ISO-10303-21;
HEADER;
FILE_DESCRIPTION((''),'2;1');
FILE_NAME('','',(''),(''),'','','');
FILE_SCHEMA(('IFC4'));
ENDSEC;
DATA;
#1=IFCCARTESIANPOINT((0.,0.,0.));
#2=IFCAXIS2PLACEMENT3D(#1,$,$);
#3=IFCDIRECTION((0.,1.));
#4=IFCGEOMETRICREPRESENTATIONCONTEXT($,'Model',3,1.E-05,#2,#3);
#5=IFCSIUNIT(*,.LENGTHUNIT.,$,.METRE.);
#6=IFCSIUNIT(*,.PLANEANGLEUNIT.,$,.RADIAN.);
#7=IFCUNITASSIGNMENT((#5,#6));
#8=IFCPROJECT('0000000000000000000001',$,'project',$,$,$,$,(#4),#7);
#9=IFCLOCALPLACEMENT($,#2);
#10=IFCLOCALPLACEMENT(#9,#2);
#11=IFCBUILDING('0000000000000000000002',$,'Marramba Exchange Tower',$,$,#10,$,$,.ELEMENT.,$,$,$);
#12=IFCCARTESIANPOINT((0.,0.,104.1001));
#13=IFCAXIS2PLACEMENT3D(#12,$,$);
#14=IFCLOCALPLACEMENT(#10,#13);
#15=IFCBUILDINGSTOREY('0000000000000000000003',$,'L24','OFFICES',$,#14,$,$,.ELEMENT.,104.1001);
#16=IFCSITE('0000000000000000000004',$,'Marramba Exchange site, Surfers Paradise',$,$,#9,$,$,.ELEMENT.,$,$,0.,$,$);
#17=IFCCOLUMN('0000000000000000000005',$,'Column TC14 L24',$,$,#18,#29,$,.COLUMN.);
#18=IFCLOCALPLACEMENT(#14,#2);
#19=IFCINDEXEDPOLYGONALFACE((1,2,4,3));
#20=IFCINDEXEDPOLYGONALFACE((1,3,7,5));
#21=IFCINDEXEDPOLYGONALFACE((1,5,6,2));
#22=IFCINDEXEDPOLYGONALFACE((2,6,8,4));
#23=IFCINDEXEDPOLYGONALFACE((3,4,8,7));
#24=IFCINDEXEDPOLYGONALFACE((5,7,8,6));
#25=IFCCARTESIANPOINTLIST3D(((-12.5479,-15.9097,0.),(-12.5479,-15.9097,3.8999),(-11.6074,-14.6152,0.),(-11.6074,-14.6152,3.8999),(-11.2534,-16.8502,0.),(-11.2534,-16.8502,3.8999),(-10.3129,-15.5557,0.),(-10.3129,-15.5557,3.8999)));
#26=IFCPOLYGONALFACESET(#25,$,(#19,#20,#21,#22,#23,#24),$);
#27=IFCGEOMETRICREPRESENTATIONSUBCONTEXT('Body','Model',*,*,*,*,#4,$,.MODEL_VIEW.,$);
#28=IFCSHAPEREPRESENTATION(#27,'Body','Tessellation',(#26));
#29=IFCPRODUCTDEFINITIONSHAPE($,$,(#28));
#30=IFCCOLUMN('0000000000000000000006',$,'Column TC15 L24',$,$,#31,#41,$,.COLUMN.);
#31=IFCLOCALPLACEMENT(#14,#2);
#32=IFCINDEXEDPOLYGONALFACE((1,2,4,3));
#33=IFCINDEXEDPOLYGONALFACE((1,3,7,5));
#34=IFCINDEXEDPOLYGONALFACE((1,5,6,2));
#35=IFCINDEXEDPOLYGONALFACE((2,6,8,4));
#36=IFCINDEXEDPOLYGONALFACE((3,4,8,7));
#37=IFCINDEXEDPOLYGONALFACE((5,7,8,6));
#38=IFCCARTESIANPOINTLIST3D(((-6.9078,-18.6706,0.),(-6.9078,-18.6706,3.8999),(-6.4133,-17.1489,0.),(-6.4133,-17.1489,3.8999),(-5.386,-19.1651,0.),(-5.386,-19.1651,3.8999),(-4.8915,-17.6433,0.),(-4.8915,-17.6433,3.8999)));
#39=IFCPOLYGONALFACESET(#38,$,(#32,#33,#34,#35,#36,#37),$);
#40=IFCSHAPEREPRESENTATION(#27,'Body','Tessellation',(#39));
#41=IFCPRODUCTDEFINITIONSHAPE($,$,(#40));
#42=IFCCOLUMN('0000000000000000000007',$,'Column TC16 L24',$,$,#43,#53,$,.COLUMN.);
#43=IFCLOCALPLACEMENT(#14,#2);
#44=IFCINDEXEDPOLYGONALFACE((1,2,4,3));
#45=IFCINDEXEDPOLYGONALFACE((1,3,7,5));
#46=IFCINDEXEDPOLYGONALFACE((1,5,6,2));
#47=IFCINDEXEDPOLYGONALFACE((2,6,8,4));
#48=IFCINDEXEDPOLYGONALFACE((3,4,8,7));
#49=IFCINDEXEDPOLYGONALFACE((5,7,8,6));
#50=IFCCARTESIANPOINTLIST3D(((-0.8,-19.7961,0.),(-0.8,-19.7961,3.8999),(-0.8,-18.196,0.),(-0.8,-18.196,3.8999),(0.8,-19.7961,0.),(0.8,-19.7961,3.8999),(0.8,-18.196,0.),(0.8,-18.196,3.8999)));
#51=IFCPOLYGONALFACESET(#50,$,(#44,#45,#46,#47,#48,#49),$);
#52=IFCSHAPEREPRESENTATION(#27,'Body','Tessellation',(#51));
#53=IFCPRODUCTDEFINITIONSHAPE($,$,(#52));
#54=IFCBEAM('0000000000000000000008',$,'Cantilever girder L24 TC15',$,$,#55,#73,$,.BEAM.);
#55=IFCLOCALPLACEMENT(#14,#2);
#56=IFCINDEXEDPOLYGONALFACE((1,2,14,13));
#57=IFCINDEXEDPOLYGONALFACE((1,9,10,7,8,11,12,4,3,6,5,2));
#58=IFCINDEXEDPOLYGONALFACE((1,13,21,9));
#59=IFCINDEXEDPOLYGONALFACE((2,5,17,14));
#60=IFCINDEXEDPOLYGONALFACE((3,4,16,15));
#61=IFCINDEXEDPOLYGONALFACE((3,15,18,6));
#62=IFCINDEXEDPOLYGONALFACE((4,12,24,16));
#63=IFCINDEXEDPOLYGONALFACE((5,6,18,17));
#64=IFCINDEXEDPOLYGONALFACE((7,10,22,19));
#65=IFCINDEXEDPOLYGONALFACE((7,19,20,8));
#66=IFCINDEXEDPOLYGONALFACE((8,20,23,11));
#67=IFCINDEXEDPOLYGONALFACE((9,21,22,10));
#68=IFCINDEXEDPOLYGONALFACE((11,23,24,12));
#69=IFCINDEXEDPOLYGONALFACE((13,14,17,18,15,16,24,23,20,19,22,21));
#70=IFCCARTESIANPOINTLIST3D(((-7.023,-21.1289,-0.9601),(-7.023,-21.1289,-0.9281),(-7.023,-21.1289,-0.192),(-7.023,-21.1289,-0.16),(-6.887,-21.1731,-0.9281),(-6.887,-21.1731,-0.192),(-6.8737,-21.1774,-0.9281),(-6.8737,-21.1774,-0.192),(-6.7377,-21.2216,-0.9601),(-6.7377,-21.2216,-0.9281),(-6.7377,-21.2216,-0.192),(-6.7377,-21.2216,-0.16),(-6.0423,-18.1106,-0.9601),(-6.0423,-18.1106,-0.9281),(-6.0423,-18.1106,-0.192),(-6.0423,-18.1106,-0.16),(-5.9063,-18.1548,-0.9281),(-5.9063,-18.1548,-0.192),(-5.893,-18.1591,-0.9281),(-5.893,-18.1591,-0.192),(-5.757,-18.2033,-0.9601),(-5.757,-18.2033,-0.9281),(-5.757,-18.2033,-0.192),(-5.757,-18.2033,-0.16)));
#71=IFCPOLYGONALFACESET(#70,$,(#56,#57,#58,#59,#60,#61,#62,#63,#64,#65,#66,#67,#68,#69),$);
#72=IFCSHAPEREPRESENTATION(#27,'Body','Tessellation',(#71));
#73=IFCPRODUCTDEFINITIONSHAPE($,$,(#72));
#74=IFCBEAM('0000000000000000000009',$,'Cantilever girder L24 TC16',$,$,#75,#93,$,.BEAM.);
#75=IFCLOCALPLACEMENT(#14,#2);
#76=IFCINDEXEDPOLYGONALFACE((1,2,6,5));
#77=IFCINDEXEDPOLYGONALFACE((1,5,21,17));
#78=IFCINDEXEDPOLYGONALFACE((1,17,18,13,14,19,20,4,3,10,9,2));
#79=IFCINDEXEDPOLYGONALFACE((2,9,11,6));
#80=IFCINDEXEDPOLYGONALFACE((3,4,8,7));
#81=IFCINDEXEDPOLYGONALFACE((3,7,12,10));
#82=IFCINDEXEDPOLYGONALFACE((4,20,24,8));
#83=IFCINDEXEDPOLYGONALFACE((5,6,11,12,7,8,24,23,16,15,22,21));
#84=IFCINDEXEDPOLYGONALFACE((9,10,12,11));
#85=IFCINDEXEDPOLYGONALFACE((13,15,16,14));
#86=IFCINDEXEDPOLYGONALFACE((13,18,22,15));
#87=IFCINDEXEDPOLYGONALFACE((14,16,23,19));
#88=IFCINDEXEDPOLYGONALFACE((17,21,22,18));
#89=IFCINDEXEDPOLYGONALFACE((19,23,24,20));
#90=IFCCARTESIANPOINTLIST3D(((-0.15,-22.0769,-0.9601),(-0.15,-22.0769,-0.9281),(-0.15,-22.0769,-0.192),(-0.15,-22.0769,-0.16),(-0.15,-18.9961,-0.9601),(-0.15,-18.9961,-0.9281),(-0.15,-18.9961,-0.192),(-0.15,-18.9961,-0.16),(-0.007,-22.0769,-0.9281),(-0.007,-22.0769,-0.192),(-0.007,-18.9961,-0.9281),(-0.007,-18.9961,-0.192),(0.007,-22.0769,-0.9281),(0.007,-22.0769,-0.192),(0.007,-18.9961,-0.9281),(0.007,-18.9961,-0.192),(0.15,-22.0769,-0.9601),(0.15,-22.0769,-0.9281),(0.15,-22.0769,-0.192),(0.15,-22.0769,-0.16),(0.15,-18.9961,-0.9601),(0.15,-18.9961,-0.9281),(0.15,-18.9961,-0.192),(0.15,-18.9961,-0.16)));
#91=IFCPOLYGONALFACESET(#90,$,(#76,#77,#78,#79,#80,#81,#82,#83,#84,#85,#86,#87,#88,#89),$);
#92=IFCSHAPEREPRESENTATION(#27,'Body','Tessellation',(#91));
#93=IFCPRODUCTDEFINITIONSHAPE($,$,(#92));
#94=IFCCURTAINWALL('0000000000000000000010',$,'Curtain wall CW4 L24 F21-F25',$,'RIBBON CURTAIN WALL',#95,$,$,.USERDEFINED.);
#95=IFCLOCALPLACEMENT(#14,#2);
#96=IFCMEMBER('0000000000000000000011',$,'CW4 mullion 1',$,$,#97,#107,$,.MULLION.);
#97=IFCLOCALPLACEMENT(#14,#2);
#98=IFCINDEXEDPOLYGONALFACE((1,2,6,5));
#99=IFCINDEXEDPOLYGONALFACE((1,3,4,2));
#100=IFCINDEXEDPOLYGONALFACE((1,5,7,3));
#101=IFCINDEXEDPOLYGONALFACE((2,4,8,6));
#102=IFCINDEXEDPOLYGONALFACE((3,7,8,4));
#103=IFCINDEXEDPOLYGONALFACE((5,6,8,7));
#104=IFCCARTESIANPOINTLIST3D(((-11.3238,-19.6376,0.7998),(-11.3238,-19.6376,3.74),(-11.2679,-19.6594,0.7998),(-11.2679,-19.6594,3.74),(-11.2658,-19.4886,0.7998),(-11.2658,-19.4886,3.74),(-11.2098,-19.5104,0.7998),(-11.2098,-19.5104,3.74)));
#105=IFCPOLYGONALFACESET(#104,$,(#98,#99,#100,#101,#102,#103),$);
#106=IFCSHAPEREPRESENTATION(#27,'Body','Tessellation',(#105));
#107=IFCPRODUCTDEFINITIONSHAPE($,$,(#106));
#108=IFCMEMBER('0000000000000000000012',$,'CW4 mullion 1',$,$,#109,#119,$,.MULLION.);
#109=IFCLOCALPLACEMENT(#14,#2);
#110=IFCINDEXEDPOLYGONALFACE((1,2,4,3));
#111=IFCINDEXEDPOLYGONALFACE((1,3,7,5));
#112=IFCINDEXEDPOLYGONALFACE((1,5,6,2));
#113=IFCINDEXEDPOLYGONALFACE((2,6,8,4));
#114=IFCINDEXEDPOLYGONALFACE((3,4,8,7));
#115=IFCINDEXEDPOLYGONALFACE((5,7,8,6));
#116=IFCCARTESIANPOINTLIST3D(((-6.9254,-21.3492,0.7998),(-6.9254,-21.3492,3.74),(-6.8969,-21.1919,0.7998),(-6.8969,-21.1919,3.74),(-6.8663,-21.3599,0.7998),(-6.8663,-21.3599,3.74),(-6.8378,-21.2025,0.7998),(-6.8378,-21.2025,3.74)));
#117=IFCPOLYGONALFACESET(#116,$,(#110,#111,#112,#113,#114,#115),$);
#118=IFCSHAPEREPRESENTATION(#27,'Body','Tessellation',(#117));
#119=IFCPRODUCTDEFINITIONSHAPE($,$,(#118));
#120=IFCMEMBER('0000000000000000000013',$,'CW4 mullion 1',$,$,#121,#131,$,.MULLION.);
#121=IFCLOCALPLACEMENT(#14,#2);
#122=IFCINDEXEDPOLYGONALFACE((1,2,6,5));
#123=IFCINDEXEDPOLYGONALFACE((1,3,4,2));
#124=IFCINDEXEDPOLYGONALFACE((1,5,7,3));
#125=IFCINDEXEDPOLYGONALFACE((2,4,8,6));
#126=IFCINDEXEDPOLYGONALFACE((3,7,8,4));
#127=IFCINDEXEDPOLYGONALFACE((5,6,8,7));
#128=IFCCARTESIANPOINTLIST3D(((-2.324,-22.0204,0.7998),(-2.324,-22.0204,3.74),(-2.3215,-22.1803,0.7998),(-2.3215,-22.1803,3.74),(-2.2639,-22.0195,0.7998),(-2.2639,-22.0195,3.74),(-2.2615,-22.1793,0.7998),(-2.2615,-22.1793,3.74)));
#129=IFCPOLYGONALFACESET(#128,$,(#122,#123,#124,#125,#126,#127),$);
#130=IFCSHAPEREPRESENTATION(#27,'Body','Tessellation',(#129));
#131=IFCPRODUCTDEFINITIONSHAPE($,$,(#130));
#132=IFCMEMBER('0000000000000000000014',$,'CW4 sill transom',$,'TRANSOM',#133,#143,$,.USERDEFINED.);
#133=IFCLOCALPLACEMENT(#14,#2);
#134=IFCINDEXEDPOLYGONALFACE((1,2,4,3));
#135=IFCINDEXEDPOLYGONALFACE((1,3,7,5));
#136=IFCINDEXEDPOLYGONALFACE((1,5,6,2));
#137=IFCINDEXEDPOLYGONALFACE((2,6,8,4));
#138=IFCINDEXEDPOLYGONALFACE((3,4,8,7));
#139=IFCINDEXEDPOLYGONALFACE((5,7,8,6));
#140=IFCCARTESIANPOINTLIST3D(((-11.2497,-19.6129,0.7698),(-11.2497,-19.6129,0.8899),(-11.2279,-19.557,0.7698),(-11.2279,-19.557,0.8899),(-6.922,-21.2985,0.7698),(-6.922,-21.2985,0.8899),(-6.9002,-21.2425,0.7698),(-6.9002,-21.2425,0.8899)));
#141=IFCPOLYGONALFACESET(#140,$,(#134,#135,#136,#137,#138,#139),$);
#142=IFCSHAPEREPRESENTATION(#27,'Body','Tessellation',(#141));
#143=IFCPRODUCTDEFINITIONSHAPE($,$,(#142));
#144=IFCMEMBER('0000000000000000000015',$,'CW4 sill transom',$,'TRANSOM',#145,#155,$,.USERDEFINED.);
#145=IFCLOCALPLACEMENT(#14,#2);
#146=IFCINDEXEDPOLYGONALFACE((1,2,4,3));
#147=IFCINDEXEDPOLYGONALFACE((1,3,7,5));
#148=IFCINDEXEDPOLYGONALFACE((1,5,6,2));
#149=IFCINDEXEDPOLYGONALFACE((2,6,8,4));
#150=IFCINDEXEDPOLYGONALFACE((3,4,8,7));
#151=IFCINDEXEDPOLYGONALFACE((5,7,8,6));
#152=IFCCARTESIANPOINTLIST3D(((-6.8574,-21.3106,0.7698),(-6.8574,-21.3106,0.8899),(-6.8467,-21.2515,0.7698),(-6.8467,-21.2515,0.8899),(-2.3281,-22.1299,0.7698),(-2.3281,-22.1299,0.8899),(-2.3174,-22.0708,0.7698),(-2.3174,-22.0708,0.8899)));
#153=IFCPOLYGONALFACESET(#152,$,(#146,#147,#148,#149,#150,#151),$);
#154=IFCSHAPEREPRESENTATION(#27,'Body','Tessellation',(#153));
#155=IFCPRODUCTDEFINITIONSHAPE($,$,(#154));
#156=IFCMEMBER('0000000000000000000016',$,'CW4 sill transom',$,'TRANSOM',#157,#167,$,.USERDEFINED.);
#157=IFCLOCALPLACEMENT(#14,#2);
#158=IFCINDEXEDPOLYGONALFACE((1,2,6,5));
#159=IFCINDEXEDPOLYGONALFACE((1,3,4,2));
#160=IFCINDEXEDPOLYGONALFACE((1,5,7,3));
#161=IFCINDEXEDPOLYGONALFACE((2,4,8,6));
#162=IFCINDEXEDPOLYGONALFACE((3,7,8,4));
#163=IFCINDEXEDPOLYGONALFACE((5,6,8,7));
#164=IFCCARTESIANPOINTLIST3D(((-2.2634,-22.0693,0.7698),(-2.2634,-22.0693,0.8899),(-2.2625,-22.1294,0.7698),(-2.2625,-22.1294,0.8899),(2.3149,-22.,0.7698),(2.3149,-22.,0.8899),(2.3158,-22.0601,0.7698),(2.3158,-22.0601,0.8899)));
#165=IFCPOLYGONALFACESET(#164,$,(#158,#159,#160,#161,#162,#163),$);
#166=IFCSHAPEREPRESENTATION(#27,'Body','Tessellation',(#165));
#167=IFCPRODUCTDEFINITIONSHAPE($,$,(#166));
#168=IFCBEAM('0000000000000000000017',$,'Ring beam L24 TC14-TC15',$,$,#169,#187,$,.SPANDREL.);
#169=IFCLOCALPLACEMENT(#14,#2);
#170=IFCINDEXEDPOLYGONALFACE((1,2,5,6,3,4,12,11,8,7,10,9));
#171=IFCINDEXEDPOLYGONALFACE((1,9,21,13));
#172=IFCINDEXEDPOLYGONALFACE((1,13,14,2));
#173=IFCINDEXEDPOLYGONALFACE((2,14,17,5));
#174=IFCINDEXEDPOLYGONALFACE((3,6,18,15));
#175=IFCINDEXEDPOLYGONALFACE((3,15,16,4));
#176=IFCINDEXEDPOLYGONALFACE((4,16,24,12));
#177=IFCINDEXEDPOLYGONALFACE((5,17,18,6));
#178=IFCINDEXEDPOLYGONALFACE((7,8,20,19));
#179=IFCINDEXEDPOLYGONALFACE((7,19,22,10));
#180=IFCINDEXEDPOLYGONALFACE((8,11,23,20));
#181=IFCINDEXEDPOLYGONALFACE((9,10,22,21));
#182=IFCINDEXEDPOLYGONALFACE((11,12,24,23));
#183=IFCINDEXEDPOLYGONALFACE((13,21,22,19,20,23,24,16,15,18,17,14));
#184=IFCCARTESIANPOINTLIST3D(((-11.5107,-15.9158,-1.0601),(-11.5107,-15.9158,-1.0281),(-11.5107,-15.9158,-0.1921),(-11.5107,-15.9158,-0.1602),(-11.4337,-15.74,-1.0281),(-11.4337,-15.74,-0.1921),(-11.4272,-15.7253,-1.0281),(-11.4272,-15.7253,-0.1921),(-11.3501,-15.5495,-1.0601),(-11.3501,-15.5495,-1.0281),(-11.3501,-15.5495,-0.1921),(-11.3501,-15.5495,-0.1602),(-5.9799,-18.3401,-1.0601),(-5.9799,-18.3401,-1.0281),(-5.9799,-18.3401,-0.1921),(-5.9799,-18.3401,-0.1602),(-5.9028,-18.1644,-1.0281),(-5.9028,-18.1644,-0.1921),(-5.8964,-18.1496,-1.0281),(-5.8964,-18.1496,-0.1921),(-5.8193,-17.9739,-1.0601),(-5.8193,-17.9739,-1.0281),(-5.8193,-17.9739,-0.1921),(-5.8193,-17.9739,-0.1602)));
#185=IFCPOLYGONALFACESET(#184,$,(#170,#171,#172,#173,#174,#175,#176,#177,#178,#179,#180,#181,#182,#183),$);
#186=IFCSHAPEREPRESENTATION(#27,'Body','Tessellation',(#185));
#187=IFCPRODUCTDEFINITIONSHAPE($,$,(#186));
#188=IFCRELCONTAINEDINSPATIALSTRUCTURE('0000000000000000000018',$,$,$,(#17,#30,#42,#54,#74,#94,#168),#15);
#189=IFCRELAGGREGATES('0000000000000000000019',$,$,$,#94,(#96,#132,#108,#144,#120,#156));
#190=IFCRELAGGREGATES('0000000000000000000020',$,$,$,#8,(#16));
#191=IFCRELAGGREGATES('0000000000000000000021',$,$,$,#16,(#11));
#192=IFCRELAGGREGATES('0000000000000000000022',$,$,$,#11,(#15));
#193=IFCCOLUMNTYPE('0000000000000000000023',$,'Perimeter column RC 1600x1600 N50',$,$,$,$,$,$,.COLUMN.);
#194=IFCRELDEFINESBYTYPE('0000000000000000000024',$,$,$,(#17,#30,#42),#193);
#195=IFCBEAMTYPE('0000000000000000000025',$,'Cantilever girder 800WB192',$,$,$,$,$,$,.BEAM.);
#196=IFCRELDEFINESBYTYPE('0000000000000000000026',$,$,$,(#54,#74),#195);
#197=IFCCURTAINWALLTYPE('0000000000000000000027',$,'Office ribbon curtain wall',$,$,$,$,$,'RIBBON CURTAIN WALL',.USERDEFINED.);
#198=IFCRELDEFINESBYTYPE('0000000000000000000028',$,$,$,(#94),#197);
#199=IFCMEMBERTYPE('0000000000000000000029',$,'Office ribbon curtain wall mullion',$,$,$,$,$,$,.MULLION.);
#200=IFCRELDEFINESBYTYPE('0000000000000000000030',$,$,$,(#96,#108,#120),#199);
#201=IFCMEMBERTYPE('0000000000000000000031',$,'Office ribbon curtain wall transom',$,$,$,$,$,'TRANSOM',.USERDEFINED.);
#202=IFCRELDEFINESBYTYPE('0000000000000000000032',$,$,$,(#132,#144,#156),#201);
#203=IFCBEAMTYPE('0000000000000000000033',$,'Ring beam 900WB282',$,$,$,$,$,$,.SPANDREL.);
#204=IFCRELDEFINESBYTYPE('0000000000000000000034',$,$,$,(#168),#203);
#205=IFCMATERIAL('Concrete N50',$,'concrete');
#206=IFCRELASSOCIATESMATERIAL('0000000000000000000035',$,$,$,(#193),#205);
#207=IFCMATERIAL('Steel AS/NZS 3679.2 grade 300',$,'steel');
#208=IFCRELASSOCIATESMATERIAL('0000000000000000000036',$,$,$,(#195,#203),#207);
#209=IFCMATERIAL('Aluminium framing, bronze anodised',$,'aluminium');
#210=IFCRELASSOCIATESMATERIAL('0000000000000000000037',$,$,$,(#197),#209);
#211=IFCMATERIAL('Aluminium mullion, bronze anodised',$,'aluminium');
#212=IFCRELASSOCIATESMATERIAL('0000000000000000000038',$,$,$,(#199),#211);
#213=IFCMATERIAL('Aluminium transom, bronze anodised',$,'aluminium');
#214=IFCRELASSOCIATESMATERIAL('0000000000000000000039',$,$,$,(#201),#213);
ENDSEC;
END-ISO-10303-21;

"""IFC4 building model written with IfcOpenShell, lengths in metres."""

from ifc_helpers import new_model, si_unit, direction, frame, origin, origin_2d, place, context, subcontext, project, spatial, rectangle, i_section, extrude, material, material_profile, profile_set, type_object, element, aggregate, save


model = new_model("IFC4")

# Units and contexts
model_context = context("Model", 3, precision=1e-05, world=origin(), true_north=direction((0.0, 1.0)))
body_context = subcontext(model_context, "Body", "Model", "MODEL_VIEW")
ifc_project = project(units=[si_unit("LENGTHUNIT", "METRE"), si_unit("PLANEANGLEUNIT", "RADIAN")], contexts=[model_context])

# Site, building, storey
site_placement = place(None, origin())
site = spatial("IfcSite", under=ifc_project, at=site_placement, Name="Marramba Exchange site, Surfers Paradise", CompositionType="ELEMENT", RefElevation=0.0)
building_placement = place(site_placement, origin())
building = spatial("IfcBuilding", under=site, at=building_placement, Name="Marramba Exchange Tower", CompositionType="ELEMENT")
storey_placement = place(building_placement, frame((0.0, 0.0, 104.1001)))
storey = spatial("IfcBuildingStorey", under=building, at=storey_placement, Name="L24", Description="OFFICES", CompositionType="ELEMENT", Elevation=104.1001)

# Columns
ifc_material_1 = material(Name="Concrete N50", Category="concrete")
ifc_material_profile_1 = material_profile(ifc_material_1, rectangle(XDim=1.6001, YDim=1.6001, at=origin_2d()), Name="RC 1600x1600")
ifc_profile_set_1 = profile_set([ifc_material_profile_1], Name="Concrete N50")
column_type = type_object("IfcColumnType", Name="Perimeter column RC 1600x1600 N50", PredefinedType="COLUMN", material=ifc_profile_set_1)
for number, where, z_axis, x_axis, name in (
    (1, (-11.4304, -15.7327, 0.0), (0.0, 0.0, 1.0), (-0.587785, -0.809017, 0.0), "Column TC14 L24"),
    (2, (-5.8997, -18.157, 0.0), (0.0, 0.0, 1.0), (-0.309017, -0.951057, 0.0), "Column TC15 L24"),
    (3, (0.0, -18.9961, 0.0), (0.0, 0.0, 1.0), (0.0, -1.0, 0.0), "Column TC16 L24"),
):
    element("IfcColumn", number, at=place(storey_placement, frame(where, z_axis=z_axis, x_axis=x_axis)), inside=storey, type_object=column_type, Name=name, PredefinedType="COLUMN", context=body_context, shape_type="SweptSolid", body=[
        extrude(rectangle(XDim=1.6001, YDim=1.6001, at=origin_2d()), origin(), (0.0, 0.0, 1.0), 3.8999),
    ])

# Beams
ifc_material_2 = material(Name="Steel AS/NZS 3679.2 grade 300", Category="steel")
ifc_material_profile_2 = material_profile(ifc_material_2, i_section(OverallWidth=0.3, OverallDepth=0.8, WebThickness=0.0139, FlangeThickness=0.032, at=origin_2d()), Name="800WB192")
ifc_profile_set_2 = profile_set([ifc_material_profile_2], Name="Steel AS/NZS 3679.2 grade 300")
beam_type_1 = type_object("IfcBeamType", Name="Cantilever girder 800WB192", PredefinedType="BEAM", material=ifc_profile_set_2)
beam_1_placement = place(storey_placement, frame((-5.8997, -18.157, -0.5601), z_axis=(-0.309018, -0.951056, 0.0), x_axis=(0.951056, -0.309018, 0.0)))
element("IfcBeam", 4, at=beam_1_placement, inside=storey, type_object=beam_type_1, Name="Cantilever girder L24 TC15", PredefinedType="BEAM", context=body_context, shape_type="SweptSolid", body=[
    extrude(i_section(OverallWidth=0.3, OverallDepth=0.8, WebThickness=0.0139, FlangeThickness=0.032, at=origin_2d()), origin(), (0.0, 0.0, 1.0), 3.1736),
])
beam_2_placement = place(storey_placement, frame((0.0, -18.9961, -0.5601), z_axis=(0.0, -1.0, 0.0), x_axis=(1.0, 0.0, 0.0)))
element("IfcBeam", 5, at=beam_2_placement, inside=storey, type_object=beam_type_1, Name="Cantilever girder L24 TC16", PredefinedType="BEAM", context=body_context, shape_type="SweptSolid", body=[
    extrude(i_section(OverallWidth=0.3, OverallDepth=0.8, WebThickness=0.0139, FlangeThickness=0.032, at=origin_2d()), origin(), (0.0, 0.0, 1.0), 3.0808),
])

# Curtain wall, members
ifc_material_3 = material(Name="Aluminium framing, bronze anodised", Category="aluminium")
curtain_wall_type = type_object("IfcCurtainWallType", Name="Office ribbon curtain wall", ElementType="RIBBON CURTAIN WALL", PredefinedType="USERDEFINED", material=ifc_material_3)
curtain_wall_placement = place(storey_placement, origin())
curtain_wall = element("IfcCurtainWall", 6, at=curtain_wall_placement, inside=storey, type_object=curtain_wall_type, Name="Curtain wall CW4 L24 F21-F25", ObjectType="RIBBON CURTAIN WALL", PredefinedType="USERDEFINED")
ifc_material_4 = material(Name="Aluminium mullion, bronze anodised", Category="aluminium")
ifc_material_profile_3 = material_profile(ifc_material_4, rectangle(XDim=0.1599, YDim=0.0601, at=origin_2d()), Name="CW4 mullion 60x160")
ifc_profile_set_3 = profile_set([ifc_material_profile_3], Name="Aluminium mullion, bronze anodised")
member_type_1 = type_object("IfcMemberType", Name="Office ribbon curtain wall mullion", PredefinedType="MULLION", material=ifc_profile_set_3)
member_1_placement = place(storey_placement, frame((-11.2668, -19.574, 0.7998), z_axis=(0.0, 0.0, 1.0), x_axis=(0.362925, 0.931818, 0.0)))
member_1 = element("IfcMember", 7, at=member_1_placement, type_object=member_type_1, Name="CW4 mullion 1", PredefinedType="MULLION", context=body_context, shape_type="SweptSolid", body=[
    extrude(rectangle(XDim=0.1599, YDim=0.0601, at=origin_2d()), origin(), (0.0, 0.0, 1.0), 2.9402),
])
member_2_placement = place(storey_placement, frame((-6.8816, -21.2759, 0.7998), z_axis=(0.0, 0.0, 1.0), x_axis=(0.177992, 0.984032, 0.0)))
member_2 = element("IfcMember", 8, at=member_2_placement, type_object=member_type_1, Name="CW4 mullion 1", PredefinedType="MULLION", context=body_context, shape_type="SweptSolid", body=[
    extrude(rectangle(XDim=0.1599, YDim=0.0601, at=origin_2d()), origin(), (0.0, 0.0, 1.0), 2.9402),
])
member_3_placement = place(storey_placement, frame((-2.2927, -22.0999, 0.7998), z_axis=(0.0, 0.0, 1.0), x_axis=(-0.015179, 0.999885, 0.0)))
member_3 = element("IfcMember", 9, at=member_3_placement, type_object=member_type_1, Name="CW4 mullion 1", PredefinedType="MULLION", context=body_context, shape_type="SweptSolid", body=[
    extrude(rectangle(XDim=0.1599, YDim=0.0601, at=origin_2d()), origin(), (0.0, 0.0, 1.0), 2.9402),
])
ifc_material_5 = material(Name="Aluminium transom, bronze anodised", Category="aluminium")
ifc_material_profile_4 = material_profile(ifc_material_5, rectangle(XDim=0.0601, YDim=0.1201, at=origin_2d()), Name="CW4 transom 60x120")
ifc_profile_set_4 = profile_set([ifc_material_profile_4], Name="Aluminium transom, bronze anodised")
member_type_2 = type_object("IfcMemberType", Name="Office ribbon curtain wall transom", ElementType="TRANSOM", PredefinedType="USERDEFINED", material=ifc_profile_set_4)
member_4_placement = place(storey_placement, frame((-11.2388, -19.585, 0.8298), z_axis=(0.931817, -0.362928, 0.0), x_axis=(0.362928, 0.931817, 0.0)))
member_4 = element("IfcMember", 10, at=member_4_placement, type_object=member_type_2, Name="CW4 sill transom", ObjectType="TRANSOM", PredefinedType="USERDEFINED", context=body_context, shape_type="SweptSolid", body=[
    extrude(rectangle(XDim=0.0601, YDim=0.1201, at=origin_2d()), origin(), (0.0, 0.0, 1.0), 4.6443),
])
member_5_placement = place(storey_placement, frame((-6.8521, -21.281, 0.8298), z_axis=(0.984029, -0.178008, 0.0), x_axis=(0.178008, 0.984029, 0.0)))
member_5 = element("IfcMember", 11, at=member_5_placement, type_object=member_type_2, Name="CW4 sill transom", ObjectType="TRANSOM", PredefinedType="USERDEFINED", context=body_context, shape_type="SweptSolid", body=[
    extrude(rectangle(XDim=0.0601, YDim=0.1201, at=origin_2d()), origin(), (0.0, 0.0, 1.0), 4.6028),
])
member_6_placement = place(storey_placement, frame((-2.2629, -22.0994, 0.8298), z_axis=(0.999885, 0.015143, 0.0), x_axis=(-0.015143, 0.999885, 0.0)))
member_6 = element("IfcMember", 12, at=member_6_placement, type_object=member_type_2, Name="CW4 sill transom", ObjectType="TRANSOM", PredefinedType="USERDEFINED", context=body_context, shape_type="SweptSolid", body=[
    extrude(rectangle(XDim=0.0601, YDim=0.1201, at=origin_2d()), origin(), (0.0, 0.0, 1.0), 4.5789),
])

# Beam
ifc_material_profile_5 = material_profile(ifc_material_2, i_section(OverallWidth=0.3999, OverallDepth=0.8999, WebThickness=0.0161, FlangeThickness=0.032, at=origin_2d()), Name="900WB282")
ifc_profile_set_5 = profile_set([ifc_material_profile_5], Name="Steel AS/NZS 3679.2 grade 300")
beam_type_2 = type_object("IfcBeamType", Name="Ring beam 900WB282", PredefinedType="SPANDREL", material=ifc_profile_set_5)
beam_3_placement = place(storey_placement, frame((-11.4304, -15.7327, -0.6101), z_axis=(0.915877, -0.401459, 0.0), x_axis=(0.401459, 0.915877, 0.0)))
element("IfcBeam", 13, at=beam_3_placement, inside=storey, type_object=beam_type_2, Name="Ring beam L24 TC14-TC15", PredefinedType="SPANDREL", context=body_context, shape_type="SweptSolid", body=[
    extrude(i_section(OverallWidth=0.3999, OverallDepth=0.8999, WebThickness=0.0161, FlangeThickness=0.032, at=origin_2d()), origin(), (0.0, 0.0, 1.0), 6.0388),
])

aggregate(curtain_wall, [member_1, member_4, member_2, member_5, member_3, member_6])

save(model, "model.ifc")
